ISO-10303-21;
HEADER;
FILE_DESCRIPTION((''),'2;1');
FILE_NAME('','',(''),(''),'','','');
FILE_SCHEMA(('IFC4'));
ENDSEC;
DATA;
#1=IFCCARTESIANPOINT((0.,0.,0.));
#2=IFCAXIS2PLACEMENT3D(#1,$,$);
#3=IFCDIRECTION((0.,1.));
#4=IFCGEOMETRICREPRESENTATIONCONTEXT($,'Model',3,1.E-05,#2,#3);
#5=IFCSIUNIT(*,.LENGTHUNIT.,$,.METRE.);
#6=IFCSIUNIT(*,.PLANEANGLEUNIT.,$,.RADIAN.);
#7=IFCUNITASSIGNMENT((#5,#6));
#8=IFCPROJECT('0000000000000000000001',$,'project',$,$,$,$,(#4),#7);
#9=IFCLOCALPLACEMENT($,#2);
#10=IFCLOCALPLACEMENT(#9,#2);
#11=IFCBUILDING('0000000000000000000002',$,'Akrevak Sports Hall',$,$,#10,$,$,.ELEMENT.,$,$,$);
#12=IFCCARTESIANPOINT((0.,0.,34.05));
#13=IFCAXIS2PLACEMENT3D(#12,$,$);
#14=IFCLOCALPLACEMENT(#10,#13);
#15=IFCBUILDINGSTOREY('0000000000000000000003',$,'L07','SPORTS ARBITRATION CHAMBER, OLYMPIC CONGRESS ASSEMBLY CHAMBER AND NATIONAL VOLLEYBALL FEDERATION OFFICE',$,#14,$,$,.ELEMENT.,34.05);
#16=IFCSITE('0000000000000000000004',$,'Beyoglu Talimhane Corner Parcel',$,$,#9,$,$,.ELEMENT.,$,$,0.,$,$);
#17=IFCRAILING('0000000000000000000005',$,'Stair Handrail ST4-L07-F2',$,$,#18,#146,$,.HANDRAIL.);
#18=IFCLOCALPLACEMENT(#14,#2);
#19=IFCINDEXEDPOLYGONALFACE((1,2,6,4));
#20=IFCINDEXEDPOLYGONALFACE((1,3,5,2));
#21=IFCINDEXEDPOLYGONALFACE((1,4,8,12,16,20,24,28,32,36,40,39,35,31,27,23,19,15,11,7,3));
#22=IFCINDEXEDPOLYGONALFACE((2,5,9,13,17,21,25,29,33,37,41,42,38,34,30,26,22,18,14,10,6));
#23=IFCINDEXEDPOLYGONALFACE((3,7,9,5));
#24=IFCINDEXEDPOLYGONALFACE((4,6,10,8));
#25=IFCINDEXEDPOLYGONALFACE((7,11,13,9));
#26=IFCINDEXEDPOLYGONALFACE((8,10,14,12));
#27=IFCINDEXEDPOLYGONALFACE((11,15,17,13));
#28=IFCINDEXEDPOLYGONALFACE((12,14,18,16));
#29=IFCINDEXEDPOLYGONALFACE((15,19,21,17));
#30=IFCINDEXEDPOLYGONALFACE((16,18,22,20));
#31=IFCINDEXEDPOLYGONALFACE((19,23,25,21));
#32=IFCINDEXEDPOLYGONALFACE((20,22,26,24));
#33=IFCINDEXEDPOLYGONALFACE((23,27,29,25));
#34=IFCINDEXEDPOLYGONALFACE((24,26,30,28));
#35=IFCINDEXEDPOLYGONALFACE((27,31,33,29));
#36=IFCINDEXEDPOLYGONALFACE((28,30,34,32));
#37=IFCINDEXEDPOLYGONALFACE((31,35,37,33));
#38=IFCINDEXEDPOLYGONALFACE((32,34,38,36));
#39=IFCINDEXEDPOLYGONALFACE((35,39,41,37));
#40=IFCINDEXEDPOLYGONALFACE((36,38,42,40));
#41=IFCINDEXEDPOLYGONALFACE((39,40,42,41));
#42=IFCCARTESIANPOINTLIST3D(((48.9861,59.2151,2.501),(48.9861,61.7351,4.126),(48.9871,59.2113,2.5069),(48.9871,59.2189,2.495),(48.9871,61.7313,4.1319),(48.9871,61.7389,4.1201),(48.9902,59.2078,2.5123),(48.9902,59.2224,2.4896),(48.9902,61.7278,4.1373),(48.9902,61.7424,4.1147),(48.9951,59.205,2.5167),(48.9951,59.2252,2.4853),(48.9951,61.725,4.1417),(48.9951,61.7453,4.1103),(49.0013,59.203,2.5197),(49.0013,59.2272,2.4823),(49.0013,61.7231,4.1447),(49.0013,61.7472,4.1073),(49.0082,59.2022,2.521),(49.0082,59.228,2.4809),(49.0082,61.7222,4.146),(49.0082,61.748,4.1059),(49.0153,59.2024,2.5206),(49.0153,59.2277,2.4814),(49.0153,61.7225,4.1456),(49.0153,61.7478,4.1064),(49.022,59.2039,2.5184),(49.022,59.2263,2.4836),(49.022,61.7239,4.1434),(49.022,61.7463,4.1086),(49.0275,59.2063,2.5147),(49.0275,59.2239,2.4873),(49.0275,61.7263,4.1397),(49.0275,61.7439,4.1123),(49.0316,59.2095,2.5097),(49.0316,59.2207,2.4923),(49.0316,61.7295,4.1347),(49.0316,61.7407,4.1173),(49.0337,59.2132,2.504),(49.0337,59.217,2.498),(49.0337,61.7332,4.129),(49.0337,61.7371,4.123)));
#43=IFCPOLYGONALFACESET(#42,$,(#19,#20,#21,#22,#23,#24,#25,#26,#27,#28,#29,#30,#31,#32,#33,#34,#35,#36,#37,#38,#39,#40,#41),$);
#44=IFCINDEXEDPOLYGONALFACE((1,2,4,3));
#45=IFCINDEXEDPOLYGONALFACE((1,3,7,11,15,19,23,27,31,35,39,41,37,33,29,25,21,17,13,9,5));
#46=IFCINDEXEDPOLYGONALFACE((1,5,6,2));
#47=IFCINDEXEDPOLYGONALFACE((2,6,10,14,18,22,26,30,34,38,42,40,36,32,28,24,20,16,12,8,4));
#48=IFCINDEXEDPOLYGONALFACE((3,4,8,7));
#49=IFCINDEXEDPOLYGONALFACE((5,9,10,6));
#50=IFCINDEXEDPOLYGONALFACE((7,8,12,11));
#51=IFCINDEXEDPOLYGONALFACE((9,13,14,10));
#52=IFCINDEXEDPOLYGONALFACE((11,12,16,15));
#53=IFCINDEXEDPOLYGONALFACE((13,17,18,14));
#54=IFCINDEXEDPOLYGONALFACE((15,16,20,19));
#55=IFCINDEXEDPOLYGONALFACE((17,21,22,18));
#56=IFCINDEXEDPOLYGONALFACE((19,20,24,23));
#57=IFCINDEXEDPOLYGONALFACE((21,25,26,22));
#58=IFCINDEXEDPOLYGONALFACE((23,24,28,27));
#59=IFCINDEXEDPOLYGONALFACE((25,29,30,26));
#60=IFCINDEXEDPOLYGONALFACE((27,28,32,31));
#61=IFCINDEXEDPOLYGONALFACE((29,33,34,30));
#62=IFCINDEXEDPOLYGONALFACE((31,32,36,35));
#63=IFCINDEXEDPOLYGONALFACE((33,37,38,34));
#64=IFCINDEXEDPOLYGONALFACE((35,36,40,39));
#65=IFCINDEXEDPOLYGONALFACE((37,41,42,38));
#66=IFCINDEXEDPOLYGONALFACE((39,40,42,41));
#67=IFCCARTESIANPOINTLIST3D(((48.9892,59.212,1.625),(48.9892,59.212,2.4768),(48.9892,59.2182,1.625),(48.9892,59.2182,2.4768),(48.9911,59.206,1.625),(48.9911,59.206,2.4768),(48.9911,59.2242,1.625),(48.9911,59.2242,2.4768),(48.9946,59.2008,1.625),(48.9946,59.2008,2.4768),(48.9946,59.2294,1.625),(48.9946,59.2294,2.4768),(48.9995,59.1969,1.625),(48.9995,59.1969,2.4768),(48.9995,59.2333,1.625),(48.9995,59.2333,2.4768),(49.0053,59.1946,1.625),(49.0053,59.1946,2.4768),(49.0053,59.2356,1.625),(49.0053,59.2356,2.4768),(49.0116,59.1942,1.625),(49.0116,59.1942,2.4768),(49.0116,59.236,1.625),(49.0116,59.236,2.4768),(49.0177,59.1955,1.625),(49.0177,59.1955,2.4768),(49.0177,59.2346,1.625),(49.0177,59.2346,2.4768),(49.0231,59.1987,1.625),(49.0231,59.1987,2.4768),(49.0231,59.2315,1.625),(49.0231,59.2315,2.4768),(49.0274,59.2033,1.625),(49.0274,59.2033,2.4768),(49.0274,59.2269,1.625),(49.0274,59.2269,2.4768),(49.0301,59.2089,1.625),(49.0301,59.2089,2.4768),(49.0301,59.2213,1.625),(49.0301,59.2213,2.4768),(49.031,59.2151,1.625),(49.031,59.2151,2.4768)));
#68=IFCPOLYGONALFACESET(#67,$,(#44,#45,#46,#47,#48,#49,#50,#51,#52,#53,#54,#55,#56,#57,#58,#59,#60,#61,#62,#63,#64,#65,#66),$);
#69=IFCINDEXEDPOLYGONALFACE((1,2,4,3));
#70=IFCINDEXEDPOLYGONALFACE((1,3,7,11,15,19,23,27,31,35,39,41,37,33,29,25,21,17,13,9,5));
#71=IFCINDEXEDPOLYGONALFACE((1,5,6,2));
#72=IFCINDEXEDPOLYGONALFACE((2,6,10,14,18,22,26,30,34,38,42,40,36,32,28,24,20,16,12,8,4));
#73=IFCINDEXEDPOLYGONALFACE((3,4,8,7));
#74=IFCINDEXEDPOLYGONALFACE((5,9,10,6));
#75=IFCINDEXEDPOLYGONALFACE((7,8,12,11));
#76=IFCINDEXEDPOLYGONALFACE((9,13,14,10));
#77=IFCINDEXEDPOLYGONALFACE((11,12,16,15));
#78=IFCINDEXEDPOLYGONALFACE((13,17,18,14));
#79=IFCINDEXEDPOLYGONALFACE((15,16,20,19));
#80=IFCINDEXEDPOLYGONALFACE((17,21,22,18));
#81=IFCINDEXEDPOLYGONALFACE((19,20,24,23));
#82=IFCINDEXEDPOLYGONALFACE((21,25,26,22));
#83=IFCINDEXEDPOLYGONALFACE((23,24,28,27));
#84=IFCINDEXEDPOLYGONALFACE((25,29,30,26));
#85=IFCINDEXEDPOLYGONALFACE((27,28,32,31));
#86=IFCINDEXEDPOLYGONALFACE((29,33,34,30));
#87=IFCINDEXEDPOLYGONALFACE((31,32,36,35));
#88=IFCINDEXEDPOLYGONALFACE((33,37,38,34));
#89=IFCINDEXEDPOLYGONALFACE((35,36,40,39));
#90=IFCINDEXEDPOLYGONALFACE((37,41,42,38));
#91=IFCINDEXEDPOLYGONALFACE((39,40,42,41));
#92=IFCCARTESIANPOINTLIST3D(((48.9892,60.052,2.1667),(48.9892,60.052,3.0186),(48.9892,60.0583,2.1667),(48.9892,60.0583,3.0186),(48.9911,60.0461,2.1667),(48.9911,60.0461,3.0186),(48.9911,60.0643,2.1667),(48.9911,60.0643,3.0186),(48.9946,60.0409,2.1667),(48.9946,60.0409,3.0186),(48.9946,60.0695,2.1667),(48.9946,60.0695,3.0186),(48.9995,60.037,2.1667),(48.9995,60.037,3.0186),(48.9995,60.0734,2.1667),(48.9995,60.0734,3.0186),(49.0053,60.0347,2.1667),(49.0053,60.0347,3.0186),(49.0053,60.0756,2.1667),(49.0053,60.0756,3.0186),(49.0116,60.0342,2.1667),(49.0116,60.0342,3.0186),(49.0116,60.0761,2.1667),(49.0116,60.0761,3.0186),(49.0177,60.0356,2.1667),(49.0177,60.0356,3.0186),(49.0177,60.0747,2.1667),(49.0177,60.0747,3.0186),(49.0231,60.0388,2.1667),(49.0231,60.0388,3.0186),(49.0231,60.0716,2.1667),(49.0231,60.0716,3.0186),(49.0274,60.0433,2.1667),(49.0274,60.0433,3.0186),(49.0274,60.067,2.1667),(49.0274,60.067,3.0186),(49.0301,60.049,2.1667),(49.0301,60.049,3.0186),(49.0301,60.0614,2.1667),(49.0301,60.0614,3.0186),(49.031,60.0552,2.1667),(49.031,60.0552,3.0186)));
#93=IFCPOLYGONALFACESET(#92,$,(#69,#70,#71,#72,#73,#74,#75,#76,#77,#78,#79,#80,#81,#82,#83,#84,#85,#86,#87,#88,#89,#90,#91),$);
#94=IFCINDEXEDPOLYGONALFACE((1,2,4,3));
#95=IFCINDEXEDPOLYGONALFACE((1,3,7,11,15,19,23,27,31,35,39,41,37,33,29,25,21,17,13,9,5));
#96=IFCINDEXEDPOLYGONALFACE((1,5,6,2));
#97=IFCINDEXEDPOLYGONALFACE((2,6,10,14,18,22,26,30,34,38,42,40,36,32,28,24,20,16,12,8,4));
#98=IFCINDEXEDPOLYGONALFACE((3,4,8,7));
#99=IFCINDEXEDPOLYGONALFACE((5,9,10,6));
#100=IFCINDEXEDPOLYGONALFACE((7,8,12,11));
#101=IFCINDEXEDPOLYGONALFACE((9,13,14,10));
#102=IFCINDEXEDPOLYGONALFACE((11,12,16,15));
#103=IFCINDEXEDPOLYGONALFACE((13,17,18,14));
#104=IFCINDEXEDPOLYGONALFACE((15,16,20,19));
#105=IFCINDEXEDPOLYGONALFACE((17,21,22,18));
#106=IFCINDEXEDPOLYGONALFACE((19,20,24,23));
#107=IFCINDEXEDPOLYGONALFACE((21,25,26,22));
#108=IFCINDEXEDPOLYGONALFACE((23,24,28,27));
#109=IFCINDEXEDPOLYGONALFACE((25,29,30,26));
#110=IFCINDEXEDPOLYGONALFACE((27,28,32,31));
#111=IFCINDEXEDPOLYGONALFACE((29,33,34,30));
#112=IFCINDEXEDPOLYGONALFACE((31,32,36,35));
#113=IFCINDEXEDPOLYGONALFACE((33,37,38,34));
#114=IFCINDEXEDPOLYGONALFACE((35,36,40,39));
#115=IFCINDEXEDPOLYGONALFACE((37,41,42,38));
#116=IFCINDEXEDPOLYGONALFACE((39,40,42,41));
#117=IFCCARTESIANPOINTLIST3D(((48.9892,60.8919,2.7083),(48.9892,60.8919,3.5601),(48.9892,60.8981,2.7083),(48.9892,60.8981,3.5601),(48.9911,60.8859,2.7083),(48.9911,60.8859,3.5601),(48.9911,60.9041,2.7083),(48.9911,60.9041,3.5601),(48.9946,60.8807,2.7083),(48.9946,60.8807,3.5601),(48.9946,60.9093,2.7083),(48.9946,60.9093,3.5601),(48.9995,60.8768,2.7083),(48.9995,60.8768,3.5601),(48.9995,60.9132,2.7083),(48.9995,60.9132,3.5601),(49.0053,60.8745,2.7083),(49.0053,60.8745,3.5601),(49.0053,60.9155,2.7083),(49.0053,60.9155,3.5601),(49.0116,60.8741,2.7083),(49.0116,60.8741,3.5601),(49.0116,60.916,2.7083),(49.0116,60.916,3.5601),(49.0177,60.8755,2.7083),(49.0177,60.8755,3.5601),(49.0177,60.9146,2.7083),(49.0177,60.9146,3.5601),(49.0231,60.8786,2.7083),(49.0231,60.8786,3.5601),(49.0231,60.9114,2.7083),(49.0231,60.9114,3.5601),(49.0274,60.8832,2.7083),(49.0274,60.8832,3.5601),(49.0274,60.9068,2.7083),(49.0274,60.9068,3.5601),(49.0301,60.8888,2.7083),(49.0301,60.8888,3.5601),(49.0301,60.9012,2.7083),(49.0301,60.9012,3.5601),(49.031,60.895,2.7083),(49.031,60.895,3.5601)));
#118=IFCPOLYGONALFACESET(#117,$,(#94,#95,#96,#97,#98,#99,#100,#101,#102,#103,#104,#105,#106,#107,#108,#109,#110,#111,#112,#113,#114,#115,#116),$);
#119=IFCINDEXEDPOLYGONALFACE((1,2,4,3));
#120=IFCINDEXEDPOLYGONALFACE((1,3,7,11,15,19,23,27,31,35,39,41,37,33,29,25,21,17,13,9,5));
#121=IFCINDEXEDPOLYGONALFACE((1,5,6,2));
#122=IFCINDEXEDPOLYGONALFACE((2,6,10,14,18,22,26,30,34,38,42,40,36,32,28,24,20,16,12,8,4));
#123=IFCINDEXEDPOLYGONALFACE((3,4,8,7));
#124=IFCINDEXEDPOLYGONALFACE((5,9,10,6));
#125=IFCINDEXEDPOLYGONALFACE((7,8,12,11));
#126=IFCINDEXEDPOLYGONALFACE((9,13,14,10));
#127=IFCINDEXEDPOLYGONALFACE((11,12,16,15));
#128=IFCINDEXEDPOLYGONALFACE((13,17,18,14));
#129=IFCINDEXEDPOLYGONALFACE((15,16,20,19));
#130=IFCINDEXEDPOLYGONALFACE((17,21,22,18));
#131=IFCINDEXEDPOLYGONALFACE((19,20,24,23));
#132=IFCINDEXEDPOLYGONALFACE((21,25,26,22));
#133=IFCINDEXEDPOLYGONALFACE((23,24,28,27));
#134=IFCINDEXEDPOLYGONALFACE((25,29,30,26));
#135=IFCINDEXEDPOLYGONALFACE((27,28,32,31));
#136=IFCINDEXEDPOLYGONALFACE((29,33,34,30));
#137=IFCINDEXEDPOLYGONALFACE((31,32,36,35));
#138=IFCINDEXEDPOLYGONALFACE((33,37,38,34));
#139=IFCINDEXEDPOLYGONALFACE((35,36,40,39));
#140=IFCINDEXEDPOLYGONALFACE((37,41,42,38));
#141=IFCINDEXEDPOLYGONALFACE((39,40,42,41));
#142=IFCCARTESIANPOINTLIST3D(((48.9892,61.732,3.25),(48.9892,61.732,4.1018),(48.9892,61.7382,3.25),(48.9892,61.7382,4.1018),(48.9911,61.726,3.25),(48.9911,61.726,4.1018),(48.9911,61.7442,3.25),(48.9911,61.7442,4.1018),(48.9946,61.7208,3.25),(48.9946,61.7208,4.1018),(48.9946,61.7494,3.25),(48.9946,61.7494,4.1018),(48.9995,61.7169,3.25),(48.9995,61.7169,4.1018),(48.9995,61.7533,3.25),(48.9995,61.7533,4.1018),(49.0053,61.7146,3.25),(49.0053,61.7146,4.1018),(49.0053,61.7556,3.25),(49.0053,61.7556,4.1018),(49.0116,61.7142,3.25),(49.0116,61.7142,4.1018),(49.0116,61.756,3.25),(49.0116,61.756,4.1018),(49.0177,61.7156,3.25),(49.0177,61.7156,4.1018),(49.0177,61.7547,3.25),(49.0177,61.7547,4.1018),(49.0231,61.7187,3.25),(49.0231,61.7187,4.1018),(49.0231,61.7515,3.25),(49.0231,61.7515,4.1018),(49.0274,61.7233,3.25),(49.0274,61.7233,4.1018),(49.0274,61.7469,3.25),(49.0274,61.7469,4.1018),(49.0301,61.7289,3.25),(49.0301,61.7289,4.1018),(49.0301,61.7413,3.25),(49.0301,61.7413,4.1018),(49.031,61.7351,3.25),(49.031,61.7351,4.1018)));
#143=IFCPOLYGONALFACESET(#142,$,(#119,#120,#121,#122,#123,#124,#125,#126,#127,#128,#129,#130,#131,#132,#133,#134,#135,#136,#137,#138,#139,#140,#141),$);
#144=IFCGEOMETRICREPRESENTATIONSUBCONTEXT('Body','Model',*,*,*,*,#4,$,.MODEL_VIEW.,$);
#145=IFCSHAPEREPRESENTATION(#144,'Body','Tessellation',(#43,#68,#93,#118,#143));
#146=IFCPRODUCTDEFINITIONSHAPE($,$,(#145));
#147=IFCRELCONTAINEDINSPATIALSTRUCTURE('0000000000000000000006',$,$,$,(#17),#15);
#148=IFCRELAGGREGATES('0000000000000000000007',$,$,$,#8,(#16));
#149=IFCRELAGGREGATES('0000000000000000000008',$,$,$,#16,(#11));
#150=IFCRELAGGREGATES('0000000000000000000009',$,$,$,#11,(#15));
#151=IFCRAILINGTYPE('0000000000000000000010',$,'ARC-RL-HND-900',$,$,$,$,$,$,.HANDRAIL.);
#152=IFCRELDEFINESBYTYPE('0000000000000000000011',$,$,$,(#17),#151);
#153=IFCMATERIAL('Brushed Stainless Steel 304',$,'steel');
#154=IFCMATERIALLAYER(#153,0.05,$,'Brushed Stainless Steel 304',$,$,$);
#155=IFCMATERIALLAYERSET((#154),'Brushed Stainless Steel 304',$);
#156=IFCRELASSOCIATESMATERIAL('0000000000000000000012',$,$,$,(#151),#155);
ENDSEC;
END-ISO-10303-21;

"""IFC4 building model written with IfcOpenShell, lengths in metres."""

from ifc_helpers import new_model, si_unit, direction, frame, origin, origin_2d, place, context, subcontext, project, spatial, circle, extrude, material, layer, layer_set, type_object, element, save


model = new_model("IFC4")

# Units and contexts
model_context = context("Model", 3, precision=1e-05, world=origin(), true_north=direction((0.0, 1.0)))
body_context = subcontext(model_context, "Body", "Model", "MODEL_VIEW")
ifc_project = project(units=[si_unit("LENGTHUNIT", "METRE"), si_unit("PLANEANGLEUNIT", "RADIAN")], contexts=[model_context])

# Site, building, storey
site_placement = place(None, origin())
site = spatial("IfcSite", under=ifc_project, at=site_placement, Name="Beyoglu Talimhane Corner Parcel", CompositionType="ELEMENT", RefElevation=0.0)
building_placement = place(site_placement, origin())
building = spatial("IfcBuilding", under=site, at=building_placement, Name="Akrevak Sports Hall", CompositionType="ELEMENT")
storey_placement = place(building_placement, frame((0.0, 0.0, 34.05)))
storey = spatial("IfcBuildingStorey", under=building, at=storey_placement, Name="L07", Description="SPORTS ARBITRATION CHAMBER, OLYMPIC CONGRESS ASSEMBLY CHAMBER AND NATIONAL VOLLEYBALL FEDERATION OFFICE", CompositionType="ELEMENT", Elevation=34.05)

# Railing
ifc_material_1 = material(Name="Brushed Stainless Steel 304", Category="steel")
ifc_layer_1 = layer(ifc_material_1, 0.05, Name="Brushed Stainless Steel 304")
ifc_layer_set_1 = layer_set([ifc_layer_1], Name="Brushed Stainless Steel 304")
railing_type = type_object("IfcRailingType", Name="ARC-RL-HND-900", PredefinedType="HANDRAIL", material=ifc_layer_set_1)
railing_placement = place(storey_placement, frame((49.01, 59.2151, 1.625)))
element("IfcRailing", 1, at=railing_placement, inside=storey, type_object=railing_type, Name="Stair Handrail ST4-L07-F2", PredefinedType="HANDRAIL", context=body_context, shape_type="SweptSolid", body=[
    extrude(circle(Radius=0.0239, at=origin_2d()), frame((0.0, 0.0, 0.876), z_axis=(0.0, 0.840421, 0.541934), x_axis=(-1.0, 0.0, 0.0)), (0.0, 0.0, 1.0), 2.9985),
    extrude(circle(Radius=0.021, at=origin_2d()), origin(), (0.0, 0.0, 1.0), 0.8518),
    extrude(circle(Radius=0.021, at=origin_2d()), frame((0.0, 0.8401, 0.5417)), (0.0, 0.0, 1.0), 0.8518),
    extrude(circle(Radius=0.021, at=origin_2d()), frame((0.0, 1.6799, 1.0833)), (0.0, 0.0, 1.0), 0.8518),
    extrude(circle(Radius=0.021, at=origin_2d()), frame((0.0, 2.52, 1.625)), (0.0, 0.0, 1.0), 0.8518),
])

save(model, "model.ifc")
